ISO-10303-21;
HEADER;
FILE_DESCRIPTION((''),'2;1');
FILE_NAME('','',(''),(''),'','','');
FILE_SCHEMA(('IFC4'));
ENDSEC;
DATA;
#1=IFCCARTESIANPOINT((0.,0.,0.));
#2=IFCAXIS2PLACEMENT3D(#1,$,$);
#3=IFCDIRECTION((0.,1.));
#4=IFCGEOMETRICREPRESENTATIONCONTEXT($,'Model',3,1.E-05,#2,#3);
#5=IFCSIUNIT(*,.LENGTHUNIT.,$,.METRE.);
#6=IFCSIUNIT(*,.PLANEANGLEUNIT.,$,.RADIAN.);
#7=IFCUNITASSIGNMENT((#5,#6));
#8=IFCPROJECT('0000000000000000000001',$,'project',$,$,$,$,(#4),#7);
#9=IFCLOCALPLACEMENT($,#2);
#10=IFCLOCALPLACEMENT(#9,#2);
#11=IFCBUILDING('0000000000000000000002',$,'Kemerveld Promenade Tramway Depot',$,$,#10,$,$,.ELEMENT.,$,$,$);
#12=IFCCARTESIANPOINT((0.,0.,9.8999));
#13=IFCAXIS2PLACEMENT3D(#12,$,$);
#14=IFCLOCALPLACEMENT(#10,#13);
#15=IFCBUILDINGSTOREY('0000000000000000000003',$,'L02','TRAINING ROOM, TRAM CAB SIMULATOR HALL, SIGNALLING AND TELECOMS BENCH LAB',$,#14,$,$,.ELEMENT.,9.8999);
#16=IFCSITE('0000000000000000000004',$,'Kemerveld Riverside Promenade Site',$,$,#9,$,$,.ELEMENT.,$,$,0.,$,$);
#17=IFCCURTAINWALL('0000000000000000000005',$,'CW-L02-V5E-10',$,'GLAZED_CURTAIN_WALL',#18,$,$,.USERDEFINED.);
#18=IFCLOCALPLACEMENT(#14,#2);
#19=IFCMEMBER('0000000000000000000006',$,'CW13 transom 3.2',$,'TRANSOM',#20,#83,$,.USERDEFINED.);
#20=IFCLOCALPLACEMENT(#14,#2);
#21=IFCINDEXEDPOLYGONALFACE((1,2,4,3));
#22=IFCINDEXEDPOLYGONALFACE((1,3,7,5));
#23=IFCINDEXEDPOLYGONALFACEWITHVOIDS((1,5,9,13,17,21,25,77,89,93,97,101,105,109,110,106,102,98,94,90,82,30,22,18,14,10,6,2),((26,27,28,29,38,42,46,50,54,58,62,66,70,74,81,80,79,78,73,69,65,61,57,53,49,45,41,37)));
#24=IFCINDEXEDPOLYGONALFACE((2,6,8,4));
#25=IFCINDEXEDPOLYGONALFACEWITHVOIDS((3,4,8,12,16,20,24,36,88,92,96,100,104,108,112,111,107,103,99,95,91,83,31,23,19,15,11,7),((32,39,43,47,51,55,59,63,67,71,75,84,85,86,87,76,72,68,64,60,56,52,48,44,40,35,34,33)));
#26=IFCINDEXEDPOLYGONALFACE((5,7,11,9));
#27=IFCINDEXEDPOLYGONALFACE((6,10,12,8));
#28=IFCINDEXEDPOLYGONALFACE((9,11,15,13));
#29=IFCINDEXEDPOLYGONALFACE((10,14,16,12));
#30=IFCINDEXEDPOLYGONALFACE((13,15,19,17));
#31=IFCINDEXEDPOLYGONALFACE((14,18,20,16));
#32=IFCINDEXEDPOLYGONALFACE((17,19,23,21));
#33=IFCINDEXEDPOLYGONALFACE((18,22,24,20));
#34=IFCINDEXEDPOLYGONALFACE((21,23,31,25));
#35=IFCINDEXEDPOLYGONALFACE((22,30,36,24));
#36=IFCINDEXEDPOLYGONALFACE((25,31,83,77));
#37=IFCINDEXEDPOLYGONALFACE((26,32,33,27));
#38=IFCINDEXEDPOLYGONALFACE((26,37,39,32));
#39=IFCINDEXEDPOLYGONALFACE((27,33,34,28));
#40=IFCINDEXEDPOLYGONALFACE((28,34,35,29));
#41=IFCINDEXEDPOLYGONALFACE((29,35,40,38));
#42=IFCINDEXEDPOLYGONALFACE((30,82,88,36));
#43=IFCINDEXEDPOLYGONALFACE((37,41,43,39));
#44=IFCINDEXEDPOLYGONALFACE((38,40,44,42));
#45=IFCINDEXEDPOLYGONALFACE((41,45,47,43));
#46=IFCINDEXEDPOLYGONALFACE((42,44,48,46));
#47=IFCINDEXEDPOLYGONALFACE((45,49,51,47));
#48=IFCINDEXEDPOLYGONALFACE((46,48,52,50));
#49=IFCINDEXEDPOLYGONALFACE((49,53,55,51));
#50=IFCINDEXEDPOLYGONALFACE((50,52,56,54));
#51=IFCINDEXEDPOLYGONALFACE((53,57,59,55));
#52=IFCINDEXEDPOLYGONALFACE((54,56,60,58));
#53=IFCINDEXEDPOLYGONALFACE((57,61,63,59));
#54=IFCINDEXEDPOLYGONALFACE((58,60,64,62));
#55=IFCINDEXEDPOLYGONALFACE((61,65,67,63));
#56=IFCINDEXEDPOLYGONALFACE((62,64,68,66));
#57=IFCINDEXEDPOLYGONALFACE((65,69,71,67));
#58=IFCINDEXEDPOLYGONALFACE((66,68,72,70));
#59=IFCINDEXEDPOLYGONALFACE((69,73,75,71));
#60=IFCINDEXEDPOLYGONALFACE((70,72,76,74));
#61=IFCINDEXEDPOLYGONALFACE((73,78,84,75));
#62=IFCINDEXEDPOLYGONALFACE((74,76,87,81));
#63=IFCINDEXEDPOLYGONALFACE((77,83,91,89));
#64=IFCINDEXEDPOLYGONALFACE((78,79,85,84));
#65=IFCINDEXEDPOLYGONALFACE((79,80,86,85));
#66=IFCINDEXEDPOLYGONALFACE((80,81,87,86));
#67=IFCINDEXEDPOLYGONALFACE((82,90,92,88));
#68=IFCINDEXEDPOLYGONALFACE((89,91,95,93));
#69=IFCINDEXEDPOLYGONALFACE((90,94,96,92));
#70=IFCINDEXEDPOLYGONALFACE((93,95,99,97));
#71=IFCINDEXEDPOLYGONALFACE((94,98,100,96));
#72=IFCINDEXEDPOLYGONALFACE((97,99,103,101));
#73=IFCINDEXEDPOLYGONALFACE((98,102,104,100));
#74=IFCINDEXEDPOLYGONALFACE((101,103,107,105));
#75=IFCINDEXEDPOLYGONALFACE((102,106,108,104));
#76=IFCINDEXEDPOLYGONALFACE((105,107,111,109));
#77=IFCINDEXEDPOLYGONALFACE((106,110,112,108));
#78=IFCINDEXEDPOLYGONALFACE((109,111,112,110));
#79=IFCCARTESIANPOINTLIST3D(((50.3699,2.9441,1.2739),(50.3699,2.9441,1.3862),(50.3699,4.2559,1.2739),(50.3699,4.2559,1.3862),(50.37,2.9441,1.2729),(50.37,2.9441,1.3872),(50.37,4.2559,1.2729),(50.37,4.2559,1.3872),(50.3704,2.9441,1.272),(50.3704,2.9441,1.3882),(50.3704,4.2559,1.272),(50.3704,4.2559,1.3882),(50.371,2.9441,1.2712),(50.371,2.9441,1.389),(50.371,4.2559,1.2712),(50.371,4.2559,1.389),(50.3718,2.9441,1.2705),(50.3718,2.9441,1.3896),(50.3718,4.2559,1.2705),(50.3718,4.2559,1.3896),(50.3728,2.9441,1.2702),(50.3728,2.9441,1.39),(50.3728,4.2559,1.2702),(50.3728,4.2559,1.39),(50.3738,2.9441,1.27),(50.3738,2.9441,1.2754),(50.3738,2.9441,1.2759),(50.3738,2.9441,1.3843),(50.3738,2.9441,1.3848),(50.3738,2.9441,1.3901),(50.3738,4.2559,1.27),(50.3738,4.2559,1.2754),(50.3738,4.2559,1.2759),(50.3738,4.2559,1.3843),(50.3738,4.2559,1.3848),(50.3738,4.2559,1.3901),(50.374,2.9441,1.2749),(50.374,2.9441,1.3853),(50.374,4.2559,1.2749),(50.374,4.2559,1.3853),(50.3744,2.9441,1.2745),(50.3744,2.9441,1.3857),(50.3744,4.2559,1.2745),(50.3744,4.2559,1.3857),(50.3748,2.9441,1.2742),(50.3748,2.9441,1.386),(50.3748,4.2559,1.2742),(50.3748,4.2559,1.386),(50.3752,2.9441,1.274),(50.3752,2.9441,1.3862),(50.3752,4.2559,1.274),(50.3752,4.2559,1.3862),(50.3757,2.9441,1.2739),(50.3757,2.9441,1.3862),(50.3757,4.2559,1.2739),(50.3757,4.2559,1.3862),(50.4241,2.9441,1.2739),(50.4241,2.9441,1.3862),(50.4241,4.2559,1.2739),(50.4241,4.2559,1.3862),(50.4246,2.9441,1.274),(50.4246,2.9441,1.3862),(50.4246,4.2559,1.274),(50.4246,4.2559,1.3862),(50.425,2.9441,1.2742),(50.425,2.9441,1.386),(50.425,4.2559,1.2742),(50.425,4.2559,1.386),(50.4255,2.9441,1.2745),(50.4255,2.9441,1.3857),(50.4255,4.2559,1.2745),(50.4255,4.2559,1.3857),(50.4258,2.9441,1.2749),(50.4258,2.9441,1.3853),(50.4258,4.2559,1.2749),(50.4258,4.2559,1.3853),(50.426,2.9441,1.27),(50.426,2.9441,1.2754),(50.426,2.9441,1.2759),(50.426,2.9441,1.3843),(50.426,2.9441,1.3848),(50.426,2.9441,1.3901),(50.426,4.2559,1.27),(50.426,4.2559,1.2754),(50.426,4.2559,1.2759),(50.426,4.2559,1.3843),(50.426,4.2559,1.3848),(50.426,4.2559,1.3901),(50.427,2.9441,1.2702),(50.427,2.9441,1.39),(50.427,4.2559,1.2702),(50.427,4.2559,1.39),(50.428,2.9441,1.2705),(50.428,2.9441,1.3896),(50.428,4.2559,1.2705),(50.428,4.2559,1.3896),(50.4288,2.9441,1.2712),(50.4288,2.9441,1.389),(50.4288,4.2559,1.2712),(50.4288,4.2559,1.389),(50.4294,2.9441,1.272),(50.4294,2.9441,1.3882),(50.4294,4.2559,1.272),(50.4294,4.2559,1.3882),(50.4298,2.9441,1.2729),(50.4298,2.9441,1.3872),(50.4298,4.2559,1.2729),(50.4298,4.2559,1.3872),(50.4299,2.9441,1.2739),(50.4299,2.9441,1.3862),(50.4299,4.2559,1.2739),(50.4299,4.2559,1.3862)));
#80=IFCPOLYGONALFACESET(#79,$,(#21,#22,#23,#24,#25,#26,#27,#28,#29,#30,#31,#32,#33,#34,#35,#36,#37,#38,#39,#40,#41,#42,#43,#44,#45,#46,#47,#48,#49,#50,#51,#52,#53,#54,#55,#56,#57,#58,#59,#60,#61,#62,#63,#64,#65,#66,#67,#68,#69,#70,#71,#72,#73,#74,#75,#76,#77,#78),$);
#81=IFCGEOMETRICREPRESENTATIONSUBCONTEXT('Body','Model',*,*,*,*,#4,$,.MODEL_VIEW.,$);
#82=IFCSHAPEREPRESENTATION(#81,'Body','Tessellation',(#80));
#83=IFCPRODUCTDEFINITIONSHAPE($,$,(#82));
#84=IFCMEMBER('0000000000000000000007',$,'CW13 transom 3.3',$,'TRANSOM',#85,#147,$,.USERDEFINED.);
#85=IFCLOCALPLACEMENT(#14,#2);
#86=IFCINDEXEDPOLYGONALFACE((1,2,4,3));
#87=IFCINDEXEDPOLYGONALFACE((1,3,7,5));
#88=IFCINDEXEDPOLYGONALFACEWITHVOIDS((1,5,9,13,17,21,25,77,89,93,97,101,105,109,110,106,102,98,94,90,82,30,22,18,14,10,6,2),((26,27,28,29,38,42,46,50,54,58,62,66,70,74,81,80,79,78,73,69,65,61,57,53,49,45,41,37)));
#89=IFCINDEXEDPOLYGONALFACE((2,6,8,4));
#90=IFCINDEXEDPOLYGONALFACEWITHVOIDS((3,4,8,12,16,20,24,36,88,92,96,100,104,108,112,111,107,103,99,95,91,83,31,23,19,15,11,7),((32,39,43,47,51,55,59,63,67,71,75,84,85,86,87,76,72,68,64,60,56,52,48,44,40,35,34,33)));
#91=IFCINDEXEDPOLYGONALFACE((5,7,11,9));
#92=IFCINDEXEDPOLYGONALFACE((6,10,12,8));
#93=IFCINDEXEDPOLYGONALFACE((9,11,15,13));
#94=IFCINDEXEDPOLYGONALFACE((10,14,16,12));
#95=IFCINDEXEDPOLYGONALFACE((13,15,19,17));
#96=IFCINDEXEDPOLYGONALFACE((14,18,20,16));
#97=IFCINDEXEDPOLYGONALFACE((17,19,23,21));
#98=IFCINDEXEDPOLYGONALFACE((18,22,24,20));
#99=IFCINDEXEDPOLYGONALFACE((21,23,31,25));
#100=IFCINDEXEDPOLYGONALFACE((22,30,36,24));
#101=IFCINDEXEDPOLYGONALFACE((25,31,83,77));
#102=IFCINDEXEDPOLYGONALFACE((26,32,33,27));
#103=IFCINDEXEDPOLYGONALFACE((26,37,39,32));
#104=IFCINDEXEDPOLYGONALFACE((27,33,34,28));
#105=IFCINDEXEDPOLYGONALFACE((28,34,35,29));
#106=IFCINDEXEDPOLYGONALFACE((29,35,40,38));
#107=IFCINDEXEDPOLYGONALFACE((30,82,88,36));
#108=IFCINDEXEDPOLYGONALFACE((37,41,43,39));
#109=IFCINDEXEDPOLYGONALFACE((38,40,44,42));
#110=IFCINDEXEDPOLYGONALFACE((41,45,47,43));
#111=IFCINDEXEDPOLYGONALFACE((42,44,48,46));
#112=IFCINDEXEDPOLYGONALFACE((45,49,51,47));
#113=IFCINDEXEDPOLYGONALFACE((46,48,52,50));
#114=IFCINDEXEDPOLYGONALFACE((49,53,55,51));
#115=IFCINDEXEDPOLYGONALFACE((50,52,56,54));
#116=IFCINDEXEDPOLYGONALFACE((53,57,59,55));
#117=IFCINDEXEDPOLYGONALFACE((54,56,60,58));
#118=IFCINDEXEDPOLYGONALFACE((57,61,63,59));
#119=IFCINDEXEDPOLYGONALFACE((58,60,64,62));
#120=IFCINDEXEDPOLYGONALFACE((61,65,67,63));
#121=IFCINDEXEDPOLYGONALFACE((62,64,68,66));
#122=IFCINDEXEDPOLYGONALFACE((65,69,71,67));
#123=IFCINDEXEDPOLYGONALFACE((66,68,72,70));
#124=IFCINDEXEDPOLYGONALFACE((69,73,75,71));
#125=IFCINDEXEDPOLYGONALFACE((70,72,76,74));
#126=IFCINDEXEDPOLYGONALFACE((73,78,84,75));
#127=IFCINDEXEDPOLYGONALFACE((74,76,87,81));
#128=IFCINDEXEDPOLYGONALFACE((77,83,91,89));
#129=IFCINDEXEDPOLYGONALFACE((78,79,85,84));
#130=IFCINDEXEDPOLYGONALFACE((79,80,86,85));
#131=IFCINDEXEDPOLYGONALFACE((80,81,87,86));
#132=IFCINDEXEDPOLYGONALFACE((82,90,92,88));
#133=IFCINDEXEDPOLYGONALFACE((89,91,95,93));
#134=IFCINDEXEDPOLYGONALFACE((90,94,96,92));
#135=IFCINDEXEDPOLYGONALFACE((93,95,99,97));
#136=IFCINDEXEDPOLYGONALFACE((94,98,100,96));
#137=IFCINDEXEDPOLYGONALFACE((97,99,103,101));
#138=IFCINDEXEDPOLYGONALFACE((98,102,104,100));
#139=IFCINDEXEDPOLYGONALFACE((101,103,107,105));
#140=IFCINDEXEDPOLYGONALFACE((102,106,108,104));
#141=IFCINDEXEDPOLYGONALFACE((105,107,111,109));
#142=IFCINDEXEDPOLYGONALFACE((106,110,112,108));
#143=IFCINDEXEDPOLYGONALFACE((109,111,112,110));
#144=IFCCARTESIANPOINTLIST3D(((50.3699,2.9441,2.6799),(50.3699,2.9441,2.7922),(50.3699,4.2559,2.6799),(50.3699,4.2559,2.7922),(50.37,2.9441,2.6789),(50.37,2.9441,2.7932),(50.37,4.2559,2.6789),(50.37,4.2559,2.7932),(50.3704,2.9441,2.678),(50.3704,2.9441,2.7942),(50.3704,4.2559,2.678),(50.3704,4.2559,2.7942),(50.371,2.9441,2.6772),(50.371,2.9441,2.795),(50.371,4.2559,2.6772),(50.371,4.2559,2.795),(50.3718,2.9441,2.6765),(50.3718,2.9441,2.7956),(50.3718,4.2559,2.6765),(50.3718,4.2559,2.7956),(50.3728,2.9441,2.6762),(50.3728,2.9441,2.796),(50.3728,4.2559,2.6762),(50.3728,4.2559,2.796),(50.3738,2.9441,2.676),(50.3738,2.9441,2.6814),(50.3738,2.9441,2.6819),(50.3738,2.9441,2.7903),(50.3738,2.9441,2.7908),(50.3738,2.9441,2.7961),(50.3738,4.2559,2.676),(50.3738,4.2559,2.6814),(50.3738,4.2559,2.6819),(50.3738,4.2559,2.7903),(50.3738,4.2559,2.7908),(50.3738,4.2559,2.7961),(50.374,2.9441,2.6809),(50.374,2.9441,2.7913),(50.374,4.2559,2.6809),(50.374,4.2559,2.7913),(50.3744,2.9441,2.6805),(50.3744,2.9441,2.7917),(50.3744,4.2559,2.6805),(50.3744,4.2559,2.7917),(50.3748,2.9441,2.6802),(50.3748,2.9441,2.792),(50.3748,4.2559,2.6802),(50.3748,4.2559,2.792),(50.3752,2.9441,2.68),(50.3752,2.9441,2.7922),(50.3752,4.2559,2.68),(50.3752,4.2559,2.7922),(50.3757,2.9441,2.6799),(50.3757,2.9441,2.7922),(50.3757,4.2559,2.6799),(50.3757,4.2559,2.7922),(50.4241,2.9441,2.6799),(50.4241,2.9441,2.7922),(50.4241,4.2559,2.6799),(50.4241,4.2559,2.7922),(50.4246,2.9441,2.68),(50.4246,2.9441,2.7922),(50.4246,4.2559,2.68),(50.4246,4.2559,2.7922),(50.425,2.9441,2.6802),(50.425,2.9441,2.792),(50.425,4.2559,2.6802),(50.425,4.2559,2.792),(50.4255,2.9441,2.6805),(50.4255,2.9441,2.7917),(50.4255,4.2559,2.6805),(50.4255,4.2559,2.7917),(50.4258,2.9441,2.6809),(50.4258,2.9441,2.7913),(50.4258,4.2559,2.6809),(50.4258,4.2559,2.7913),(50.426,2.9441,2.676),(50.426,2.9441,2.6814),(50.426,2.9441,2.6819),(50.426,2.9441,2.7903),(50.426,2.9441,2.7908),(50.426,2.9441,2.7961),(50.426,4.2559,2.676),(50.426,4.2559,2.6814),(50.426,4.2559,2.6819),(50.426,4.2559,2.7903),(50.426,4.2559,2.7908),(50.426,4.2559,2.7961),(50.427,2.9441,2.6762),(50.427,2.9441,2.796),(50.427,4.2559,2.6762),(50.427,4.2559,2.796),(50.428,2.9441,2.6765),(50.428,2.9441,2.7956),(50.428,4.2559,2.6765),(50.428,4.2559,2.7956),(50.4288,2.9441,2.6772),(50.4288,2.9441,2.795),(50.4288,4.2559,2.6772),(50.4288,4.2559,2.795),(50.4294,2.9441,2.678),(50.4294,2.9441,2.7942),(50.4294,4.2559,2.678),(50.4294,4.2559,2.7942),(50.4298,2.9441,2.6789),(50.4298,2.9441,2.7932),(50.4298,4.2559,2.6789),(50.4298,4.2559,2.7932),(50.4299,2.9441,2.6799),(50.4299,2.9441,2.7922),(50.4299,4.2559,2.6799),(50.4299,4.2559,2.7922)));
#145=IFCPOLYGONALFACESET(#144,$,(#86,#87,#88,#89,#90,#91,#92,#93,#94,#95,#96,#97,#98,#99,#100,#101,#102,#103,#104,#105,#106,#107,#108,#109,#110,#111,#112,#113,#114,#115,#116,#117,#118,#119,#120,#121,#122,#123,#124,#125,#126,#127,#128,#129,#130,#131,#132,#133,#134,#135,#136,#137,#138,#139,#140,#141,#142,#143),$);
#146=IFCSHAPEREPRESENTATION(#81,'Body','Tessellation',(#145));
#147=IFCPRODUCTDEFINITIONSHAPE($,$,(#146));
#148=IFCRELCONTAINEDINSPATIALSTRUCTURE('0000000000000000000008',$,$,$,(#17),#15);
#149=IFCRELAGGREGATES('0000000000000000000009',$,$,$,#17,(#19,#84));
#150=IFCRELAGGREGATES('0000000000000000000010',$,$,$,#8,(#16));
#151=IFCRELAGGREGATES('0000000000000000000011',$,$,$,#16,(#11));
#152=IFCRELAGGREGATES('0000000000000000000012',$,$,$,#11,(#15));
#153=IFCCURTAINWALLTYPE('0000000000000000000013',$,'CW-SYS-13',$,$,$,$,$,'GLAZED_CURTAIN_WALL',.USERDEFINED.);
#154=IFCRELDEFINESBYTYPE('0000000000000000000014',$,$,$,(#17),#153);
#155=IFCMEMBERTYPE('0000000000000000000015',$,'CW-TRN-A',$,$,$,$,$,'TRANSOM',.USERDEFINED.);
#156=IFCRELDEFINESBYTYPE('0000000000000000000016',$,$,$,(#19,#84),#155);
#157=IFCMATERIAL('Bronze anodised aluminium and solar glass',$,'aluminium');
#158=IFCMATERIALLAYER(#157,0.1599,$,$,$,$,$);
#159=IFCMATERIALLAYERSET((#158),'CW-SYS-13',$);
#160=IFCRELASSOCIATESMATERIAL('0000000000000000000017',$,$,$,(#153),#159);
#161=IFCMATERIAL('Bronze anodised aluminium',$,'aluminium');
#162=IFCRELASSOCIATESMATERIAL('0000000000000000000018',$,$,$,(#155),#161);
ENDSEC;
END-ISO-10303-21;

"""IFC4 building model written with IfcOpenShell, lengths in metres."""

from ifc_helpers import new_model, si_unit, direction, frame, origin, origin_2d, place, context, subcontext, project, spatial, hollow_rectangle, extrude, material, layer, layer_set, material_profile, profile_set, type_object, element, aggregate, save


model = new_model("IFC4")

# Units and contexts
model_context = context("Model", 3, precision=1e-05, world=origin(), true_north=direction((0.0, 1.0)))
body_context = subcontext(model_context, "Body", "Model", "MODEL_VIEW")
ifc_project = project(units=[si_unit("LENGTHUNIT", "METRE"), si_unit("PLANEANGLEUNIT", "RADIAN")], contexts=[model_context])

# Site, building, storey
site_placement = place(None, origin())
site = spatial("IfcSite", under=ifc_project, at=site_placement, Name="Kemerveld Riverside Promenade Site", CompositionType="ELEMENT", RefElevation=0.0)
building_placement = place(site_placement, origin())
building = spatial("IfcBuilding", under=site, at=building_placement, Name="Kemerveld Promenade Tramway Depot", CompositionType="ELEMENT")
storey_placement = place(building_placement, frame((0.0, 0.0, 9.8999)))
storey = spatial("IfcBuildingStorey", under=building, at=storey_placement, Name="L02", Description="TRAINING ROOM, TRAM CAB SIMULATOR HALL, SIGNALLING AND TELECOMS BENCH LAB", CompositionType="ELEMENT", Elevation=9.8999)

# Curtain wall, members
ifc_material_1 = material(Name="Bronze anodised aluminium and solar glass", Category="aluminium")
ifc_layer_1 = layer(ifc_material_1, 0.1599)
ifc_layer_set_1 = layer_set([ifc_layer_1], Name="CW-SYS-13")
curtain_wall_type = type_object("IfcCurtainWallType", Name="CW-SYS-13", ElementType="GLAZED_CURTAIN_WALL", PredefinedType="USERDEFINED", material=ifc_layer_set_1)
curtain_wall_placement = place(storey_placement, origin())
curtain_wall = element("IfcCurtainWall", 1, at=curtain_wall_placement, inside=storey, type_object=curtain_wall_type, Name="CW-L02-V5E-10", ObjectType="GLAZED_CURTAIN_WALL", PredefinedType="USERDEFINED")
ifc_material_2 = material(Name="Bronze anodised aluminium", Category="aluminium")
ifc_material_profile_1 = material_profile(ifc_material_2, hollow_rectangle(XDim=0.0601, YDim=0.1201, WallThickness=0.0039, InnerFilletRadius=0.002, OuterFilletRadius=0.0039, at=origin_2d()), Name="CW-TRN-120x60")
ifc_profile_set_1 = profile_set([ifc_material_profile_1], Name="Bronze anodised aluminium")
member_type_1 = type_object("IfcMemberType", Name="CW-TRN-A", ElementType="TRANSOM", PredefinedType="USERDEFINED", material=ifc_profile_set_1)
member_1_placement = place(storey_placement, frame((50.3999, 4.2559, 1.3301), z_axis=(0.0, -1.0, 0.0), x_axis=(1.0, 0.0, 0.0)))
member_1 = element("IfcMember", 2, at=member_1_placement, type_object=member_type_1, Name="CW13 transom 3.2", ObjectType="TRANSOM", PredefinedType="USERDEFINED", context=body_context, shape_type="SweptSolid", body=[
    extrude(hollow_rectangle(XDim=0.0601, YDim=0.1201, WallThickness=0.0039, InnerFilletRadius=0.002, OuterFilletRadius=0.0039, at=origin_2d()), origin(), (0.0, 0.0, 1.0), 1.3118),
])
member_2_placement = place(storey_placement, frame((50.3999, 4.2559, 2.7361), z_axis=(0.0, -1.0, 0.0), x_axis=(1.0, 0.0, 0.0)))
member_2 = element("IfcMember", 3, at=member_2_placement, type_object=member_type_1, Name="CW13 transom 3.3", ObjectType="TRANSOM", PredefinedType="USERDEFINED", context=body_context, shape_type="SweptSolid", body=[
    extrude(hollow_rectangle(XDim=0.0601, YDim=0.1201, WallThickness=0.0039, InnerFilletRadius=0.002, OuterFilletRadius=0.0039, at=origin_2d()), origin(), (0.0, 0.0, 1.0), 1.3118),
])
aggregate(curtain_wall, [member_1, member_2])

save(model, "model.ifc")
